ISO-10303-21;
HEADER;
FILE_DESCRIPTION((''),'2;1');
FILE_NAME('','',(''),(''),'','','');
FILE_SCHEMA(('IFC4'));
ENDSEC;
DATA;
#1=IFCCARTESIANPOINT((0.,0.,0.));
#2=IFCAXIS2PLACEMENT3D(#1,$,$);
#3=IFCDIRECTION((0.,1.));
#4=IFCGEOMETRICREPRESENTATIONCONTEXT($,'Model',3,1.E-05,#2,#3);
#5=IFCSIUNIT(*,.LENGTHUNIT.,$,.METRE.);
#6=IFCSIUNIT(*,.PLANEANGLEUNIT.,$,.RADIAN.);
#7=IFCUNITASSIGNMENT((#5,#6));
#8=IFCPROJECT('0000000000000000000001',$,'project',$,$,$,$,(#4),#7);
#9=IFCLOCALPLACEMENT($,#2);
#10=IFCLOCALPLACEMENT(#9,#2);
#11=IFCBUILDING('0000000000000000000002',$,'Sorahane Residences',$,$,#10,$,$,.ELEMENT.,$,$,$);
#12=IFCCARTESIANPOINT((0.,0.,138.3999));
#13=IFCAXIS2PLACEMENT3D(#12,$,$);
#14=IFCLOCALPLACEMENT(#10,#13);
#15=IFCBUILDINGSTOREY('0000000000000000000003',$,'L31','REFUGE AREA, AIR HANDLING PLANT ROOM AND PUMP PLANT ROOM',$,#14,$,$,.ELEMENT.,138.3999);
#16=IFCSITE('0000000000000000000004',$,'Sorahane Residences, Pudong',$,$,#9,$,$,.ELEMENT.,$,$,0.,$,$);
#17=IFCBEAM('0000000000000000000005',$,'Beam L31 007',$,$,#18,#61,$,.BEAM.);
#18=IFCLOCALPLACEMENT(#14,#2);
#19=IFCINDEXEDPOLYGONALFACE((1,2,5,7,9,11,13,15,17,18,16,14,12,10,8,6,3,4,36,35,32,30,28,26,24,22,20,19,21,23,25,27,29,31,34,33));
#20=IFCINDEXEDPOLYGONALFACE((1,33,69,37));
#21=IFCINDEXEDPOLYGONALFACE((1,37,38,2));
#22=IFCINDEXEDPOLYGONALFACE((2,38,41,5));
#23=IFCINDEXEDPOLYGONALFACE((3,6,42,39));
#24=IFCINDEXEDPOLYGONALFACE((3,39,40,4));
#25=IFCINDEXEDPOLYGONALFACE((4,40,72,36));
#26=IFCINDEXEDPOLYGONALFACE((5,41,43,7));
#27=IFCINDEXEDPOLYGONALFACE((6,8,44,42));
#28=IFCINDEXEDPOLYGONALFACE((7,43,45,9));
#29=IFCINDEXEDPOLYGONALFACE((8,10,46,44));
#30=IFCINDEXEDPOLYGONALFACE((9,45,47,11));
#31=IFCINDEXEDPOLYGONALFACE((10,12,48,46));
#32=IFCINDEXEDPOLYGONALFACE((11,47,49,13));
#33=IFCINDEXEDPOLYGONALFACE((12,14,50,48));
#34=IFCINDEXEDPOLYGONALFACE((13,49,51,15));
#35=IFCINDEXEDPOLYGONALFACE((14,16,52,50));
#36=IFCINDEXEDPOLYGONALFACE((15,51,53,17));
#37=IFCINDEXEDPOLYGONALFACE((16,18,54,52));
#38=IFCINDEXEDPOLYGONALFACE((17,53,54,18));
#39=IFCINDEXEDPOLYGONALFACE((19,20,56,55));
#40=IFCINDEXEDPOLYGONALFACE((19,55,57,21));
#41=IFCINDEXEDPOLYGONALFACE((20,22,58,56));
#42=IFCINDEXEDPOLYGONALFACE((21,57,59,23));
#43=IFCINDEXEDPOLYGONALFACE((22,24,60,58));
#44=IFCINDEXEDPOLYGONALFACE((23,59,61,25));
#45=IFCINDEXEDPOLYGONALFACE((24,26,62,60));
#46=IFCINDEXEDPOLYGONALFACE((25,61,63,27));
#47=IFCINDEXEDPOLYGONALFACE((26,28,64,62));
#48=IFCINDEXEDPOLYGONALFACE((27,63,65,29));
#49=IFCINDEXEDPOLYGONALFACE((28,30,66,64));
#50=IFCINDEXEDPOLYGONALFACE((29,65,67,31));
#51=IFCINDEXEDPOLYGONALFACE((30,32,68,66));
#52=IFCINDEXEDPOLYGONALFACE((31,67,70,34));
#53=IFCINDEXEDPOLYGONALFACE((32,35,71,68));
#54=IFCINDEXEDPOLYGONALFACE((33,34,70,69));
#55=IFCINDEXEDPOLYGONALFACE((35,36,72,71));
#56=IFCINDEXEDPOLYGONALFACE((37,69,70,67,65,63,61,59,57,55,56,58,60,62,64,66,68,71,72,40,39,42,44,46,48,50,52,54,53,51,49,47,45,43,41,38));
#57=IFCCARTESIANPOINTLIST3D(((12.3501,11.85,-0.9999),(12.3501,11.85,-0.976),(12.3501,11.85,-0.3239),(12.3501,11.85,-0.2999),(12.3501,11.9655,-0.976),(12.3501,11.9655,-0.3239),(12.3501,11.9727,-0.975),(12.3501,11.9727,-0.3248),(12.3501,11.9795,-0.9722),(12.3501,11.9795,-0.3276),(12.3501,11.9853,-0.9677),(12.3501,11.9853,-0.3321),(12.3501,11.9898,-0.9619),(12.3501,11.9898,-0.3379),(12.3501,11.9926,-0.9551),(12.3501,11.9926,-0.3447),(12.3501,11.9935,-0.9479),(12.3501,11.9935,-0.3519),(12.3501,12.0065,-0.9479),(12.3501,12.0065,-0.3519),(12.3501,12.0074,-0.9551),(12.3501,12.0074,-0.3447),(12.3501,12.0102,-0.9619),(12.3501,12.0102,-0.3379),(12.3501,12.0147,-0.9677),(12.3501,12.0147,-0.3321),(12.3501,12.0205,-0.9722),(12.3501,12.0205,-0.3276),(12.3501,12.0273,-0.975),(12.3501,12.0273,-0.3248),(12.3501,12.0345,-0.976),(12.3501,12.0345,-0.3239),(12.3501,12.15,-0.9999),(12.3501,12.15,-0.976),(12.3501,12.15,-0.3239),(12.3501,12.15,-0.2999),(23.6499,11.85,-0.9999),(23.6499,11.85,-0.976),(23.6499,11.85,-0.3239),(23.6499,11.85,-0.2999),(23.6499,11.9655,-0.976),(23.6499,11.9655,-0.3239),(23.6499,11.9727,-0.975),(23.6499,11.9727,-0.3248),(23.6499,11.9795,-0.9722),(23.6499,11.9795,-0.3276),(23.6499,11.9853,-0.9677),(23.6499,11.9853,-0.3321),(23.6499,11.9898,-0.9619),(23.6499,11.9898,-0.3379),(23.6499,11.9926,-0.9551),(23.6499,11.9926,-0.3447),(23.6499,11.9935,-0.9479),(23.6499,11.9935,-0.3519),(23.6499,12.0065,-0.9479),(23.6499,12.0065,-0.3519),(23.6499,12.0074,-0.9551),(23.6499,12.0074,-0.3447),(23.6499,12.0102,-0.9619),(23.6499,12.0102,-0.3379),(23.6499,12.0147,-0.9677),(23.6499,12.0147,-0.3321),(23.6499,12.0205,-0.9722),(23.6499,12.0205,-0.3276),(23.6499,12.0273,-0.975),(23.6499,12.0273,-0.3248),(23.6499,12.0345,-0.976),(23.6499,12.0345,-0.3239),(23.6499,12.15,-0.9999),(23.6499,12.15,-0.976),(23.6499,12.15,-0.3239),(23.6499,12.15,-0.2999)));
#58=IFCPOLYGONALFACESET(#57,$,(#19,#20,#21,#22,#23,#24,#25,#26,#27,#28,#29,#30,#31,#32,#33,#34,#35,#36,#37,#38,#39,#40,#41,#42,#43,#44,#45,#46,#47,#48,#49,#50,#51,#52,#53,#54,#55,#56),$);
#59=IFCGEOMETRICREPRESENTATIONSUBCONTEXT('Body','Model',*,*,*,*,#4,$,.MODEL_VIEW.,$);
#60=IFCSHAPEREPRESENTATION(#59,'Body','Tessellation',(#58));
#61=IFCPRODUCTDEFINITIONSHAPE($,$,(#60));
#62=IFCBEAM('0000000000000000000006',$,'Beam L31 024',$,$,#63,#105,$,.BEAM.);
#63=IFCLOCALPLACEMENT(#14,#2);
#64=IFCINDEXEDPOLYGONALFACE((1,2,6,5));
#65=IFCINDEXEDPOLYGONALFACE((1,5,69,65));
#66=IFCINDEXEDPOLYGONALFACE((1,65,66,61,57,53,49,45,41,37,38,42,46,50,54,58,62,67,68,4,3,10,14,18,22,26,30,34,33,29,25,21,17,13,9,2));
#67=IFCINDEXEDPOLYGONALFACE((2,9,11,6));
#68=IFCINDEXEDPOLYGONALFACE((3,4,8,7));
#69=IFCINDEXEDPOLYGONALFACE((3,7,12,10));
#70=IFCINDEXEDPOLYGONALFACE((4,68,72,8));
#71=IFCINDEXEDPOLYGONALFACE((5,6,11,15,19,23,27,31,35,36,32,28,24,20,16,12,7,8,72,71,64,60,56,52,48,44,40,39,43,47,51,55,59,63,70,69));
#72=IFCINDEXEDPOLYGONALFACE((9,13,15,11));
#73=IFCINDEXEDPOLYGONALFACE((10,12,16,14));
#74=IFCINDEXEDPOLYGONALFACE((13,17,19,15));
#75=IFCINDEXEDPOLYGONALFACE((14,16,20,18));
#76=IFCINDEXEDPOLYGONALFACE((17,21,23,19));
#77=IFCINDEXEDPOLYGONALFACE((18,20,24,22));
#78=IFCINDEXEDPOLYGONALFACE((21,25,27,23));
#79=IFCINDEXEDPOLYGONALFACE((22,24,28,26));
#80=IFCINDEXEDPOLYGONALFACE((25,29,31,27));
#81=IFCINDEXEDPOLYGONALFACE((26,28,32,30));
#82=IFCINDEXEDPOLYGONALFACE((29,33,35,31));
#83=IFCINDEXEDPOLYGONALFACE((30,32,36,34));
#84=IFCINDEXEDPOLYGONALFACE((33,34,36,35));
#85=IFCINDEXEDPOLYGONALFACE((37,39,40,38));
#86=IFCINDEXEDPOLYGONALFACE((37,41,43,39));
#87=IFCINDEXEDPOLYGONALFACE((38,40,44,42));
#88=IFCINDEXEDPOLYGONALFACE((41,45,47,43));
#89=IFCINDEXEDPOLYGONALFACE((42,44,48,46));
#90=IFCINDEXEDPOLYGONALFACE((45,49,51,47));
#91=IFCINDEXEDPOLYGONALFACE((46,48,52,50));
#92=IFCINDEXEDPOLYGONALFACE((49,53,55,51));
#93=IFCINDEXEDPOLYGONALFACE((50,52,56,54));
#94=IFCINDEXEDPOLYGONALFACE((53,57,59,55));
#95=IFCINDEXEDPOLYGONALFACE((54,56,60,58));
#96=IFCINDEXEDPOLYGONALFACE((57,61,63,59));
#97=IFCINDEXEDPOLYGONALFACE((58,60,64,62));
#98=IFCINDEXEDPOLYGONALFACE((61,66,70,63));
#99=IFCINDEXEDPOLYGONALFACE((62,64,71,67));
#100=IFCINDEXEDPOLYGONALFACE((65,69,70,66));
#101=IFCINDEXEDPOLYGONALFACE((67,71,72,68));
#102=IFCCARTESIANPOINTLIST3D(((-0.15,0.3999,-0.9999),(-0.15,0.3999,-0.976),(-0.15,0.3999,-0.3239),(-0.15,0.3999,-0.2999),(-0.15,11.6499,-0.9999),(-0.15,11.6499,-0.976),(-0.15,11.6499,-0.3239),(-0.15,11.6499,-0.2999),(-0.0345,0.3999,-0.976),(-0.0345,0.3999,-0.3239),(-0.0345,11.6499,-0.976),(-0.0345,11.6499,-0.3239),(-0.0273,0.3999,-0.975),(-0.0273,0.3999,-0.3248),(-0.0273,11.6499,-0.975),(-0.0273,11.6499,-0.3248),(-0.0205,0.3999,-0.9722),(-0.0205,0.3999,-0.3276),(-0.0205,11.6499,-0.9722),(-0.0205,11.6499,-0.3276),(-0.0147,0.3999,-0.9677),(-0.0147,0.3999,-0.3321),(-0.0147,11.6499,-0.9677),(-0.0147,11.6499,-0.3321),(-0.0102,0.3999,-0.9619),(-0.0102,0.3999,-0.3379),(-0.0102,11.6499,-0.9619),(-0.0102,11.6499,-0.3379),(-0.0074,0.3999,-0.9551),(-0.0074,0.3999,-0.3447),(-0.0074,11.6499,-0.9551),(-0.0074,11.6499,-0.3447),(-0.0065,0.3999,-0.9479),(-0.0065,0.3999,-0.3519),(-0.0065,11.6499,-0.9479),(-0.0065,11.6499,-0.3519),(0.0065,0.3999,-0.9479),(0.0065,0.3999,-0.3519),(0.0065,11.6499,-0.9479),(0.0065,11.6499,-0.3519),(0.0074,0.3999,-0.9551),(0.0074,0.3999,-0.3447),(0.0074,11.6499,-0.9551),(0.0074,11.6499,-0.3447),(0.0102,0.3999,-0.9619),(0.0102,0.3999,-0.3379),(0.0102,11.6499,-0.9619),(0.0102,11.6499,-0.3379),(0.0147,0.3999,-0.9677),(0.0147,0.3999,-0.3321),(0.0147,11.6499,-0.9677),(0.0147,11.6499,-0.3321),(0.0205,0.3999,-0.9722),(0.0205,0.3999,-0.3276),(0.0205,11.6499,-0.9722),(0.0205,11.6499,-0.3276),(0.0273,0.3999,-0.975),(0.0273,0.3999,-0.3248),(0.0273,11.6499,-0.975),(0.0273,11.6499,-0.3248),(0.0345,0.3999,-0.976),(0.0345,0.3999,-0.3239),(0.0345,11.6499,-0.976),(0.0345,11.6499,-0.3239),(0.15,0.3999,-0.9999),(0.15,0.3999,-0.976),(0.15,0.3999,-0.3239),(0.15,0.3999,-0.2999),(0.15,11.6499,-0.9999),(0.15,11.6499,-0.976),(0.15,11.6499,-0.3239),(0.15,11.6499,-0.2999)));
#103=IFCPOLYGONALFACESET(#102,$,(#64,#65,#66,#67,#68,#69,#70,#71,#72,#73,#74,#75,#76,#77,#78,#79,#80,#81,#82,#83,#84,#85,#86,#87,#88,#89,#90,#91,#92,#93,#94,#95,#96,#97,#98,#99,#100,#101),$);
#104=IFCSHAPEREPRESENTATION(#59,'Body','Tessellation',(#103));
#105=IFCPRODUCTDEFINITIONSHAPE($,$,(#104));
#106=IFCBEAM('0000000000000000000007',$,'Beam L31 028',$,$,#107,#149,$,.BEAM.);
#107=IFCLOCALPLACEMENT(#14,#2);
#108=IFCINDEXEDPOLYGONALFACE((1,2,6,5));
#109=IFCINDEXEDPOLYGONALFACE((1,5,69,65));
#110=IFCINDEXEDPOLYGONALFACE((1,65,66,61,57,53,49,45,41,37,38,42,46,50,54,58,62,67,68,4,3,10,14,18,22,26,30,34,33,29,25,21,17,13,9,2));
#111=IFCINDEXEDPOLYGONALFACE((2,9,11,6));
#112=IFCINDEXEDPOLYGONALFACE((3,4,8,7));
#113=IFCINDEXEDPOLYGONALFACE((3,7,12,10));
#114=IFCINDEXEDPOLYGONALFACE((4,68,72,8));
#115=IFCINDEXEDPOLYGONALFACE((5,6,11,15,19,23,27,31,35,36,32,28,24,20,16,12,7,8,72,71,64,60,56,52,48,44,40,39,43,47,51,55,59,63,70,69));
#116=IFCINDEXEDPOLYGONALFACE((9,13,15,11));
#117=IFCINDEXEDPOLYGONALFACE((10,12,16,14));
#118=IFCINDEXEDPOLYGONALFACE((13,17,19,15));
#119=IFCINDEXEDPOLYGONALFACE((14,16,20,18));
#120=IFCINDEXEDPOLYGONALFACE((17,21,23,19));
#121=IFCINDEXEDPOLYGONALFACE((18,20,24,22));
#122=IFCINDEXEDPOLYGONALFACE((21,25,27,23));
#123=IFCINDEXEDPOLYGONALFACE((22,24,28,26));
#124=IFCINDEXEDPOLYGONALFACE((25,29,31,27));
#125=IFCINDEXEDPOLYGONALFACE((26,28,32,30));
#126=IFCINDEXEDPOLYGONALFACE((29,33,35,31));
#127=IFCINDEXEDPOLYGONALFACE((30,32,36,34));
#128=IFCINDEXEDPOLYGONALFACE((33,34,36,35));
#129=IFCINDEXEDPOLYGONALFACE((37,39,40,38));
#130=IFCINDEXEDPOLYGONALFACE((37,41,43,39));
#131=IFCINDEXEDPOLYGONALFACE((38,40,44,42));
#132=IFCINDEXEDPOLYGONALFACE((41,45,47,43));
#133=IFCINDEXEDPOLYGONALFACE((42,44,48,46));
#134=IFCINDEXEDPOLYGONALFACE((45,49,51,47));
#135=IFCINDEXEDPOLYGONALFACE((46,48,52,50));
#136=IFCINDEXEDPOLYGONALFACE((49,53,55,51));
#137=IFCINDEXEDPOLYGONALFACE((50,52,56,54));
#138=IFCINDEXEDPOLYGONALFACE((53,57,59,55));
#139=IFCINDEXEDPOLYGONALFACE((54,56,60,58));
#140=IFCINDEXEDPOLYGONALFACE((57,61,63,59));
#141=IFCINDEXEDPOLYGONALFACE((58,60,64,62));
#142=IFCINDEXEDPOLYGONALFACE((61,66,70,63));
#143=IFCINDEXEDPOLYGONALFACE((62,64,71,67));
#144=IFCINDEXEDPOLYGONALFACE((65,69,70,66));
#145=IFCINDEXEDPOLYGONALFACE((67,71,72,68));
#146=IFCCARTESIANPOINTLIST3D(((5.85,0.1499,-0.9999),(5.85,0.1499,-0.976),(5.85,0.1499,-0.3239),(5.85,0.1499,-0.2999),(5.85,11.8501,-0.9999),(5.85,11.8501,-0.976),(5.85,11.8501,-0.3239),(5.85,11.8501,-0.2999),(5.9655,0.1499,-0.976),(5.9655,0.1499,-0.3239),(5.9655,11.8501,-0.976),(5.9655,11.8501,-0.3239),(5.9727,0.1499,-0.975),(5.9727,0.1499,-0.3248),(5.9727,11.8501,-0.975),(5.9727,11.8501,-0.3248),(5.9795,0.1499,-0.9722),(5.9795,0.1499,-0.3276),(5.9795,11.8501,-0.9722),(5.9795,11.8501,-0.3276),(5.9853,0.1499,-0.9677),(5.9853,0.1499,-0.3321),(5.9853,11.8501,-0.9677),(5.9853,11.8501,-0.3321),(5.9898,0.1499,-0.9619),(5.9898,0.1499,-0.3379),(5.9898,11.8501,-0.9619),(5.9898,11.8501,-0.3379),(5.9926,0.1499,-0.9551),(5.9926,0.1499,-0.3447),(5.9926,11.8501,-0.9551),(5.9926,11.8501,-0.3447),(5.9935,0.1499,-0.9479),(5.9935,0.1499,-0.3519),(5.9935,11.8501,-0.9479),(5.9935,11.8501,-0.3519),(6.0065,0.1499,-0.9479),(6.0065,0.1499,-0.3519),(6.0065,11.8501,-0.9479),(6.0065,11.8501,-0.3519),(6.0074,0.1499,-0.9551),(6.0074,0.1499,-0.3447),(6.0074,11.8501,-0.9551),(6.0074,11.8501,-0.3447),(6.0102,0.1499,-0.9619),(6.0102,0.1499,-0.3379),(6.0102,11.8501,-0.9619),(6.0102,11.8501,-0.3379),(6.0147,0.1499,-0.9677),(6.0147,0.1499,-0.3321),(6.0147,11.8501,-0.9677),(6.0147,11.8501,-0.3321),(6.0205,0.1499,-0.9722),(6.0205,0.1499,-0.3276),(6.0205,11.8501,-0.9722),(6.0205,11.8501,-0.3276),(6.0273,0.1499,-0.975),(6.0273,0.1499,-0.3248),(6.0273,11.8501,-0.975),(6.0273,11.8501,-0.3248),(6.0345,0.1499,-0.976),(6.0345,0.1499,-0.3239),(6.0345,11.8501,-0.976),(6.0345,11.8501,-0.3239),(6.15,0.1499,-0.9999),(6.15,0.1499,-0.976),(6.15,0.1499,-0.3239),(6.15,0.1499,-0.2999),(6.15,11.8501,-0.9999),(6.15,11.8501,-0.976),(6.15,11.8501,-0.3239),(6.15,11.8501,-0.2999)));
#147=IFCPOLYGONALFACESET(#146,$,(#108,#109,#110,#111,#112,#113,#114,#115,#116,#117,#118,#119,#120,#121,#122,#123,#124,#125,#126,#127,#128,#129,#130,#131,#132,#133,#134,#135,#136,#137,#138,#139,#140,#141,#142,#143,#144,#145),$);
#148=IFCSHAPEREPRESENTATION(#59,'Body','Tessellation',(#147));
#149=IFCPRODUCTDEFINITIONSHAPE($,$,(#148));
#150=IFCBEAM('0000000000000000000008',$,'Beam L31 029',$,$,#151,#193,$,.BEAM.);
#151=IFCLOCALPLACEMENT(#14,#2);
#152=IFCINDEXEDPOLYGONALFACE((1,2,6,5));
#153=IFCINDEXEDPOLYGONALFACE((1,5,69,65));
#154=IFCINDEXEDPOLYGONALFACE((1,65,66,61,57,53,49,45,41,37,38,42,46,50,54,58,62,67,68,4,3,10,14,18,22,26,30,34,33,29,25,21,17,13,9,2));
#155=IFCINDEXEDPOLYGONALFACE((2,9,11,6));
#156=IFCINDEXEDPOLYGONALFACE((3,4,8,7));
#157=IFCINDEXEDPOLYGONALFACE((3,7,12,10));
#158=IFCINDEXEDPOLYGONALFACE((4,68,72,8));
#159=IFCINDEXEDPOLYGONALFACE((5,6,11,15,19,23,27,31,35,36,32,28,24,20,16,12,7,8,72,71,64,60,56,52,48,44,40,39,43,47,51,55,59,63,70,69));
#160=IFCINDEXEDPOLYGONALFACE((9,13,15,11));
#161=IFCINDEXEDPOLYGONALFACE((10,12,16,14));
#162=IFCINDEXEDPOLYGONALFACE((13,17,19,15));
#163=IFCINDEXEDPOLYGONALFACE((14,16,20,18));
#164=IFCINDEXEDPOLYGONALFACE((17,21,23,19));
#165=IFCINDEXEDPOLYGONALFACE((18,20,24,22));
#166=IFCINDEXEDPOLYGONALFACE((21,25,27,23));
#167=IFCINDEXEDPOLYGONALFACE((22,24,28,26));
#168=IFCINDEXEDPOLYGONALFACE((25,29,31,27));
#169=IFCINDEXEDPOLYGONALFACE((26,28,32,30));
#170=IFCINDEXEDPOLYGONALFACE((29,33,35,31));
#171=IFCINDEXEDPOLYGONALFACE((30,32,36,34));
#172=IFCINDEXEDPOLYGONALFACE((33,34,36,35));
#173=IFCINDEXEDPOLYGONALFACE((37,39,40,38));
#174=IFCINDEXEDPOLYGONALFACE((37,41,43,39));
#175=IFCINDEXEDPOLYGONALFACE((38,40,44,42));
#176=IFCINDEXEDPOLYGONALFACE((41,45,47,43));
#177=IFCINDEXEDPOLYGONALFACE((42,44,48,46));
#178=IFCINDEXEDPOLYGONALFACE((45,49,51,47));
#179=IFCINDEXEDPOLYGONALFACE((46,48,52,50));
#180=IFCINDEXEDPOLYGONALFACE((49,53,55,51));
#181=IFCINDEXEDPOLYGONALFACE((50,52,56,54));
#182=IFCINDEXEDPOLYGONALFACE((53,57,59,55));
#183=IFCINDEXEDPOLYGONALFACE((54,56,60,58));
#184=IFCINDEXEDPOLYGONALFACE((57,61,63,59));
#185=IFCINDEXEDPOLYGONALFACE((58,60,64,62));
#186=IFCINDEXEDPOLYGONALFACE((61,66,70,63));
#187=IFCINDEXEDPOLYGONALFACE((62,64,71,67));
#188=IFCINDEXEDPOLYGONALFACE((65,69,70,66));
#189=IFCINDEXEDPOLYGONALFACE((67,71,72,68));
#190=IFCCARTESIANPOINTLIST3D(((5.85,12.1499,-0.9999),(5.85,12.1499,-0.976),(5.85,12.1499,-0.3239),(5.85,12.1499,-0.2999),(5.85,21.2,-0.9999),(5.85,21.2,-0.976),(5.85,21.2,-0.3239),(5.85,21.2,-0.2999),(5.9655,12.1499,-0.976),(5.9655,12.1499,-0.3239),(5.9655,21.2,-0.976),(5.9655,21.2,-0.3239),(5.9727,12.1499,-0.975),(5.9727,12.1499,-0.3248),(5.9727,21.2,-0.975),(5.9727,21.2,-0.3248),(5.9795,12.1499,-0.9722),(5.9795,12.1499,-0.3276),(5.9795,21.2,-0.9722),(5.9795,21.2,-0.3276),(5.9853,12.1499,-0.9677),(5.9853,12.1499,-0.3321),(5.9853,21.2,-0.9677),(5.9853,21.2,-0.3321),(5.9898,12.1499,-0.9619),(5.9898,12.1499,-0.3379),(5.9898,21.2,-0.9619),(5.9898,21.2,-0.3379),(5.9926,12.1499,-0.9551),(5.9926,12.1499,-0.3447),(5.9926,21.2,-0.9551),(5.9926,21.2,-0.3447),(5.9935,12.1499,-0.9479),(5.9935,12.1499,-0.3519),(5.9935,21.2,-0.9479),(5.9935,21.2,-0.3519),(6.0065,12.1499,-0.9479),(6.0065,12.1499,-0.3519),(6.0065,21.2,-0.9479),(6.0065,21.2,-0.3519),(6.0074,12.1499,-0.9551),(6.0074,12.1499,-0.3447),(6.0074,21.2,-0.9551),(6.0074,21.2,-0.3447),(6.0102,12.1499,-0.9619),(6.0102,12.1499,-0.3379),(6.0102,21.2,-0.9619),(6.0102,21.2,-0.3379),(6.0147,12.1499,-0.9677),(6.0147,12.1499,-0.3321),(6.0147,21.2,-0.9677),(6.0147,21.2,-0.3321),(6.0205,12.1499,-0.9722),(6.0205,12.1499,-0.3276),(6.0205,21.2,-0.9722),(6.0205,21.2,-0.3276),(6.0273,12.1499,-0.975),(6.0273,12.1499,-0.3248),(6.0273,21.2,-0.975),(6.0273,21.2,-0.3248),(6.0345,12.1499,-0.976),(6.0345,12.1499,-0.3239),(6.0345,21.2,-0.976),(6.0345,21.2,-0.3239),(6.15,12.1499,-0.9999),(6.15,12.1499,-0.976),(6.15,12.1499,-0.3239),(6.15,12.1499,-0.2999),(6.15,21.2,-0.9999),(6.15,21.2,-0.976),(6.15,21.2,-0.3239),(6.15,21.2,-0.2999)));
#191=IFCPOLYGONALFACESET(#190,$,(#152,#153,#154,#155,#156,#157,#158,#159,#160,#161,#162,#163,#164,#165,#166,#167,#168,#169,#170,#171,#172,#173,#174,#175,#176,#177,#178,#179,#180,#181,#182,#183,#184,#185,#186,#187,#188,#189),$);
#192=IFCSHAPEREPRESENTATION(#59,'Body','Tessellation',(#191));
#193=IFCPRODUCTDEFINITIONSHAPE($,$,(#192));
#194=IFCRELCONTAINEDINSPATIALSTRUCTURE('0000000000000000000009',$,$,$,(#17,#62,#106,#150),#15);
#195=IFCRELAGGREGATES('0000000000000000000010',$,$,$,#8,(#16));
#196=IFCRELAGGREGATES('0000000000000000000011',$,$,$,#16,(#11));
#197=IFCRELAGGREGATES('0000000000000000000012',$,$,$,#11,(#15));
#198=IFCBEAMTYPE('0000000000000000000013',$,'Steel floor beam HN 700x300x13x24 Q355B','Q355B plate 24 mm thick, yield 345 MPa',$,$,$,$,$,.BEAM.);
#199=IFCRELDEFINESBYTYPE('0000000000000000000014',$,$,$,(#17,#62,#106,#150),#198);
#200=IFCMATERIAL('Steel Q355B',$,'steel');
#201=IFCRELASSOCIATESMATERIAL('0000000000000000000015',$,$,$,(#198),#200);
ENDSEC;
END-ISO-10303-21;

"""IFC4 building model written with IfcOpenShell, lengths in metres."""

from ifc_helpers import new_model, si_unit, direction, frame, origin, origin_2d, place, context, subcontext, project, spatial, i_section, extrude, material, material_profile, profile_set, type_object, element, save


model = new_model("IFC4")

# Units and contexts
model_context = context("Model", 3, precision=1e-05, world=origin(), true_north=direction((0.0, 1.0)))
body_context = subcontext(model_context, "Body", "Model", "MODEL_VIEW")
ifc_project = project(units=[si_unit("LENGTHUNIT", "METRE"), si_unit("PLANEANGLEUNIT", "RADIAN")], contexts=[model_context])

# Site, building, storey
site_placement = place(None, origin())
site = spatial("IfcSite", under=ifc_project, at=site_placement, Name="Sorahane Residences, Pudong", CompositionType="ELEMENT", RefElevation=0.0)
building_placement = place(site_placement, origin())
building = spatial("IfcBuilding", under=site, at=building_placement, Name="Sorahane Residences", CompositionType="ELEMENT")
storey_placement = place(building_placement, frame((0.0, 0.0, 138.3999)))
storey = spatial("IfcBuildingStorey", under=building, at=storey_placement, Name="L31", Description="REFUGE AREA, AIR HANDLING PLANT ROOM AND PUMP PLANT ROOM", CompositionType="ELEMENT", Elevation=138.3999)

# Beams
ifc_material_1 = material(Name="Steel Q355B", Category="steel")
ifc_material_profile_1 = material_profile(ifc_material_1, i_section(OverallWidth=0.3, OverallDepth=0.7, WebThickness=0.0129, FlangeThickness=0.0239, FilletRadius=0.0281, at=origin_2d()), Name="HN 700x300x13x24")
ifc_profile_set_1 = profile_set([ifc_material_profile_1], Name="Steel Q355B")
beam_type_1 = type_object("IfcBeamType", Name="Steel floor beam HN 700x300x13x24 Q355B", Description="Q355B plate 24 mm thick, yield 345 MPa", PredefinedType="BEAM", material=ifc_profile_set_1)
for number, where, z_axis, x_axis, name in (
    (1, (12.3501, 12.0, -0.6499), (1.0, 0.0, 0.0), (0.0, 1.0, 0.0), "Beam L31 007"),
):
    element("IfcBeam", number, at=place(storey_placement, frame(where, z_axis=z_axis, x_axis=x_axis)), inside=storey, type_object=beam_type_1, Name=name, PredefinedType="BEAM", context=body_context, shape_type="SweptSolid", body=[
        extrude(i_section(OverallWidth=0.3, OverallDepth=0.7, WebThickness=0.0129, FlangeThickness=0.0239, FilletRadius=0.0281, at=origin_2d()), origin(), (0.0, 0.0, 1.0), 11.2998),
    ])
beam_1_placement = place(storey_placement, frame((0.0, 0.3999, -0.6499), z_axis=(0.0, 1.0, 0.0), x_axis=(-1.0, 0.0, 0.0)))
element("IfcBeam", 2, at=beam_1_placement, inside=storey, type_object=beam_type_1, Name="Beam L31 024", PredefinedType="BEAM", context=body_context, shape_type="SweptSolid", body=[
    extrude(i_section(OverallWidth=0.3, OverallDepth=0.7, WebThickness=0.0129, FlangeThickness=0.0239, FilletRadius=0.0281, at=origin_2d()), origin(), (0.0, 0.0, 1.0), 11.25),
])
beam_2_placement = place(storey_placement, frame((6.0, 0.1499, -0.6499), z_axis=(0.0, 1.0, 0.0), x_axis=(-1.0, 0.0, 0.0)))
element("IfcBeam", 3, at=beam_2_placement, inside=storey, type_object=beam_type_1, Name="Beam L31 028", PredefinedType="BEAM", context=body_context, shape_type="SweptSolid", body=[
    extrude(i_section(OverallWidth=0.3, OverallDepth=0.7, WebThickness=0.0129, FlangeThickness=0.0239, FilletRadius=0.0281, at=origin_2d()), origin(), (0.0, 0.0, 1.0), 11.7002),
])
beam_3_placement = place(storey_placement, frame((6.0, 12.1499, -0.6499), z_axis=(0.0, 1.0, 0.0), x_axis=(-1.0, 0.0, 0.0)))
element("IfcBeam", 4, at=beam_3_placement, inside=storey, type_object=beam_type_1, Name="Beam L31 029", PredefinedType="BEAM", context=body_context, shape_type="SweptSolid", body=[
    extrude(i_section(OverallWidth=0.3, OverallDepth=0.7, WebThickness=0.0129, FlangeThickness=0.0239, FilletRadius=0.0281, at=origin_2d()), origin(), (0.0, 0.0, 1.0), 9.05),
])

save(model, "model.ifc")
